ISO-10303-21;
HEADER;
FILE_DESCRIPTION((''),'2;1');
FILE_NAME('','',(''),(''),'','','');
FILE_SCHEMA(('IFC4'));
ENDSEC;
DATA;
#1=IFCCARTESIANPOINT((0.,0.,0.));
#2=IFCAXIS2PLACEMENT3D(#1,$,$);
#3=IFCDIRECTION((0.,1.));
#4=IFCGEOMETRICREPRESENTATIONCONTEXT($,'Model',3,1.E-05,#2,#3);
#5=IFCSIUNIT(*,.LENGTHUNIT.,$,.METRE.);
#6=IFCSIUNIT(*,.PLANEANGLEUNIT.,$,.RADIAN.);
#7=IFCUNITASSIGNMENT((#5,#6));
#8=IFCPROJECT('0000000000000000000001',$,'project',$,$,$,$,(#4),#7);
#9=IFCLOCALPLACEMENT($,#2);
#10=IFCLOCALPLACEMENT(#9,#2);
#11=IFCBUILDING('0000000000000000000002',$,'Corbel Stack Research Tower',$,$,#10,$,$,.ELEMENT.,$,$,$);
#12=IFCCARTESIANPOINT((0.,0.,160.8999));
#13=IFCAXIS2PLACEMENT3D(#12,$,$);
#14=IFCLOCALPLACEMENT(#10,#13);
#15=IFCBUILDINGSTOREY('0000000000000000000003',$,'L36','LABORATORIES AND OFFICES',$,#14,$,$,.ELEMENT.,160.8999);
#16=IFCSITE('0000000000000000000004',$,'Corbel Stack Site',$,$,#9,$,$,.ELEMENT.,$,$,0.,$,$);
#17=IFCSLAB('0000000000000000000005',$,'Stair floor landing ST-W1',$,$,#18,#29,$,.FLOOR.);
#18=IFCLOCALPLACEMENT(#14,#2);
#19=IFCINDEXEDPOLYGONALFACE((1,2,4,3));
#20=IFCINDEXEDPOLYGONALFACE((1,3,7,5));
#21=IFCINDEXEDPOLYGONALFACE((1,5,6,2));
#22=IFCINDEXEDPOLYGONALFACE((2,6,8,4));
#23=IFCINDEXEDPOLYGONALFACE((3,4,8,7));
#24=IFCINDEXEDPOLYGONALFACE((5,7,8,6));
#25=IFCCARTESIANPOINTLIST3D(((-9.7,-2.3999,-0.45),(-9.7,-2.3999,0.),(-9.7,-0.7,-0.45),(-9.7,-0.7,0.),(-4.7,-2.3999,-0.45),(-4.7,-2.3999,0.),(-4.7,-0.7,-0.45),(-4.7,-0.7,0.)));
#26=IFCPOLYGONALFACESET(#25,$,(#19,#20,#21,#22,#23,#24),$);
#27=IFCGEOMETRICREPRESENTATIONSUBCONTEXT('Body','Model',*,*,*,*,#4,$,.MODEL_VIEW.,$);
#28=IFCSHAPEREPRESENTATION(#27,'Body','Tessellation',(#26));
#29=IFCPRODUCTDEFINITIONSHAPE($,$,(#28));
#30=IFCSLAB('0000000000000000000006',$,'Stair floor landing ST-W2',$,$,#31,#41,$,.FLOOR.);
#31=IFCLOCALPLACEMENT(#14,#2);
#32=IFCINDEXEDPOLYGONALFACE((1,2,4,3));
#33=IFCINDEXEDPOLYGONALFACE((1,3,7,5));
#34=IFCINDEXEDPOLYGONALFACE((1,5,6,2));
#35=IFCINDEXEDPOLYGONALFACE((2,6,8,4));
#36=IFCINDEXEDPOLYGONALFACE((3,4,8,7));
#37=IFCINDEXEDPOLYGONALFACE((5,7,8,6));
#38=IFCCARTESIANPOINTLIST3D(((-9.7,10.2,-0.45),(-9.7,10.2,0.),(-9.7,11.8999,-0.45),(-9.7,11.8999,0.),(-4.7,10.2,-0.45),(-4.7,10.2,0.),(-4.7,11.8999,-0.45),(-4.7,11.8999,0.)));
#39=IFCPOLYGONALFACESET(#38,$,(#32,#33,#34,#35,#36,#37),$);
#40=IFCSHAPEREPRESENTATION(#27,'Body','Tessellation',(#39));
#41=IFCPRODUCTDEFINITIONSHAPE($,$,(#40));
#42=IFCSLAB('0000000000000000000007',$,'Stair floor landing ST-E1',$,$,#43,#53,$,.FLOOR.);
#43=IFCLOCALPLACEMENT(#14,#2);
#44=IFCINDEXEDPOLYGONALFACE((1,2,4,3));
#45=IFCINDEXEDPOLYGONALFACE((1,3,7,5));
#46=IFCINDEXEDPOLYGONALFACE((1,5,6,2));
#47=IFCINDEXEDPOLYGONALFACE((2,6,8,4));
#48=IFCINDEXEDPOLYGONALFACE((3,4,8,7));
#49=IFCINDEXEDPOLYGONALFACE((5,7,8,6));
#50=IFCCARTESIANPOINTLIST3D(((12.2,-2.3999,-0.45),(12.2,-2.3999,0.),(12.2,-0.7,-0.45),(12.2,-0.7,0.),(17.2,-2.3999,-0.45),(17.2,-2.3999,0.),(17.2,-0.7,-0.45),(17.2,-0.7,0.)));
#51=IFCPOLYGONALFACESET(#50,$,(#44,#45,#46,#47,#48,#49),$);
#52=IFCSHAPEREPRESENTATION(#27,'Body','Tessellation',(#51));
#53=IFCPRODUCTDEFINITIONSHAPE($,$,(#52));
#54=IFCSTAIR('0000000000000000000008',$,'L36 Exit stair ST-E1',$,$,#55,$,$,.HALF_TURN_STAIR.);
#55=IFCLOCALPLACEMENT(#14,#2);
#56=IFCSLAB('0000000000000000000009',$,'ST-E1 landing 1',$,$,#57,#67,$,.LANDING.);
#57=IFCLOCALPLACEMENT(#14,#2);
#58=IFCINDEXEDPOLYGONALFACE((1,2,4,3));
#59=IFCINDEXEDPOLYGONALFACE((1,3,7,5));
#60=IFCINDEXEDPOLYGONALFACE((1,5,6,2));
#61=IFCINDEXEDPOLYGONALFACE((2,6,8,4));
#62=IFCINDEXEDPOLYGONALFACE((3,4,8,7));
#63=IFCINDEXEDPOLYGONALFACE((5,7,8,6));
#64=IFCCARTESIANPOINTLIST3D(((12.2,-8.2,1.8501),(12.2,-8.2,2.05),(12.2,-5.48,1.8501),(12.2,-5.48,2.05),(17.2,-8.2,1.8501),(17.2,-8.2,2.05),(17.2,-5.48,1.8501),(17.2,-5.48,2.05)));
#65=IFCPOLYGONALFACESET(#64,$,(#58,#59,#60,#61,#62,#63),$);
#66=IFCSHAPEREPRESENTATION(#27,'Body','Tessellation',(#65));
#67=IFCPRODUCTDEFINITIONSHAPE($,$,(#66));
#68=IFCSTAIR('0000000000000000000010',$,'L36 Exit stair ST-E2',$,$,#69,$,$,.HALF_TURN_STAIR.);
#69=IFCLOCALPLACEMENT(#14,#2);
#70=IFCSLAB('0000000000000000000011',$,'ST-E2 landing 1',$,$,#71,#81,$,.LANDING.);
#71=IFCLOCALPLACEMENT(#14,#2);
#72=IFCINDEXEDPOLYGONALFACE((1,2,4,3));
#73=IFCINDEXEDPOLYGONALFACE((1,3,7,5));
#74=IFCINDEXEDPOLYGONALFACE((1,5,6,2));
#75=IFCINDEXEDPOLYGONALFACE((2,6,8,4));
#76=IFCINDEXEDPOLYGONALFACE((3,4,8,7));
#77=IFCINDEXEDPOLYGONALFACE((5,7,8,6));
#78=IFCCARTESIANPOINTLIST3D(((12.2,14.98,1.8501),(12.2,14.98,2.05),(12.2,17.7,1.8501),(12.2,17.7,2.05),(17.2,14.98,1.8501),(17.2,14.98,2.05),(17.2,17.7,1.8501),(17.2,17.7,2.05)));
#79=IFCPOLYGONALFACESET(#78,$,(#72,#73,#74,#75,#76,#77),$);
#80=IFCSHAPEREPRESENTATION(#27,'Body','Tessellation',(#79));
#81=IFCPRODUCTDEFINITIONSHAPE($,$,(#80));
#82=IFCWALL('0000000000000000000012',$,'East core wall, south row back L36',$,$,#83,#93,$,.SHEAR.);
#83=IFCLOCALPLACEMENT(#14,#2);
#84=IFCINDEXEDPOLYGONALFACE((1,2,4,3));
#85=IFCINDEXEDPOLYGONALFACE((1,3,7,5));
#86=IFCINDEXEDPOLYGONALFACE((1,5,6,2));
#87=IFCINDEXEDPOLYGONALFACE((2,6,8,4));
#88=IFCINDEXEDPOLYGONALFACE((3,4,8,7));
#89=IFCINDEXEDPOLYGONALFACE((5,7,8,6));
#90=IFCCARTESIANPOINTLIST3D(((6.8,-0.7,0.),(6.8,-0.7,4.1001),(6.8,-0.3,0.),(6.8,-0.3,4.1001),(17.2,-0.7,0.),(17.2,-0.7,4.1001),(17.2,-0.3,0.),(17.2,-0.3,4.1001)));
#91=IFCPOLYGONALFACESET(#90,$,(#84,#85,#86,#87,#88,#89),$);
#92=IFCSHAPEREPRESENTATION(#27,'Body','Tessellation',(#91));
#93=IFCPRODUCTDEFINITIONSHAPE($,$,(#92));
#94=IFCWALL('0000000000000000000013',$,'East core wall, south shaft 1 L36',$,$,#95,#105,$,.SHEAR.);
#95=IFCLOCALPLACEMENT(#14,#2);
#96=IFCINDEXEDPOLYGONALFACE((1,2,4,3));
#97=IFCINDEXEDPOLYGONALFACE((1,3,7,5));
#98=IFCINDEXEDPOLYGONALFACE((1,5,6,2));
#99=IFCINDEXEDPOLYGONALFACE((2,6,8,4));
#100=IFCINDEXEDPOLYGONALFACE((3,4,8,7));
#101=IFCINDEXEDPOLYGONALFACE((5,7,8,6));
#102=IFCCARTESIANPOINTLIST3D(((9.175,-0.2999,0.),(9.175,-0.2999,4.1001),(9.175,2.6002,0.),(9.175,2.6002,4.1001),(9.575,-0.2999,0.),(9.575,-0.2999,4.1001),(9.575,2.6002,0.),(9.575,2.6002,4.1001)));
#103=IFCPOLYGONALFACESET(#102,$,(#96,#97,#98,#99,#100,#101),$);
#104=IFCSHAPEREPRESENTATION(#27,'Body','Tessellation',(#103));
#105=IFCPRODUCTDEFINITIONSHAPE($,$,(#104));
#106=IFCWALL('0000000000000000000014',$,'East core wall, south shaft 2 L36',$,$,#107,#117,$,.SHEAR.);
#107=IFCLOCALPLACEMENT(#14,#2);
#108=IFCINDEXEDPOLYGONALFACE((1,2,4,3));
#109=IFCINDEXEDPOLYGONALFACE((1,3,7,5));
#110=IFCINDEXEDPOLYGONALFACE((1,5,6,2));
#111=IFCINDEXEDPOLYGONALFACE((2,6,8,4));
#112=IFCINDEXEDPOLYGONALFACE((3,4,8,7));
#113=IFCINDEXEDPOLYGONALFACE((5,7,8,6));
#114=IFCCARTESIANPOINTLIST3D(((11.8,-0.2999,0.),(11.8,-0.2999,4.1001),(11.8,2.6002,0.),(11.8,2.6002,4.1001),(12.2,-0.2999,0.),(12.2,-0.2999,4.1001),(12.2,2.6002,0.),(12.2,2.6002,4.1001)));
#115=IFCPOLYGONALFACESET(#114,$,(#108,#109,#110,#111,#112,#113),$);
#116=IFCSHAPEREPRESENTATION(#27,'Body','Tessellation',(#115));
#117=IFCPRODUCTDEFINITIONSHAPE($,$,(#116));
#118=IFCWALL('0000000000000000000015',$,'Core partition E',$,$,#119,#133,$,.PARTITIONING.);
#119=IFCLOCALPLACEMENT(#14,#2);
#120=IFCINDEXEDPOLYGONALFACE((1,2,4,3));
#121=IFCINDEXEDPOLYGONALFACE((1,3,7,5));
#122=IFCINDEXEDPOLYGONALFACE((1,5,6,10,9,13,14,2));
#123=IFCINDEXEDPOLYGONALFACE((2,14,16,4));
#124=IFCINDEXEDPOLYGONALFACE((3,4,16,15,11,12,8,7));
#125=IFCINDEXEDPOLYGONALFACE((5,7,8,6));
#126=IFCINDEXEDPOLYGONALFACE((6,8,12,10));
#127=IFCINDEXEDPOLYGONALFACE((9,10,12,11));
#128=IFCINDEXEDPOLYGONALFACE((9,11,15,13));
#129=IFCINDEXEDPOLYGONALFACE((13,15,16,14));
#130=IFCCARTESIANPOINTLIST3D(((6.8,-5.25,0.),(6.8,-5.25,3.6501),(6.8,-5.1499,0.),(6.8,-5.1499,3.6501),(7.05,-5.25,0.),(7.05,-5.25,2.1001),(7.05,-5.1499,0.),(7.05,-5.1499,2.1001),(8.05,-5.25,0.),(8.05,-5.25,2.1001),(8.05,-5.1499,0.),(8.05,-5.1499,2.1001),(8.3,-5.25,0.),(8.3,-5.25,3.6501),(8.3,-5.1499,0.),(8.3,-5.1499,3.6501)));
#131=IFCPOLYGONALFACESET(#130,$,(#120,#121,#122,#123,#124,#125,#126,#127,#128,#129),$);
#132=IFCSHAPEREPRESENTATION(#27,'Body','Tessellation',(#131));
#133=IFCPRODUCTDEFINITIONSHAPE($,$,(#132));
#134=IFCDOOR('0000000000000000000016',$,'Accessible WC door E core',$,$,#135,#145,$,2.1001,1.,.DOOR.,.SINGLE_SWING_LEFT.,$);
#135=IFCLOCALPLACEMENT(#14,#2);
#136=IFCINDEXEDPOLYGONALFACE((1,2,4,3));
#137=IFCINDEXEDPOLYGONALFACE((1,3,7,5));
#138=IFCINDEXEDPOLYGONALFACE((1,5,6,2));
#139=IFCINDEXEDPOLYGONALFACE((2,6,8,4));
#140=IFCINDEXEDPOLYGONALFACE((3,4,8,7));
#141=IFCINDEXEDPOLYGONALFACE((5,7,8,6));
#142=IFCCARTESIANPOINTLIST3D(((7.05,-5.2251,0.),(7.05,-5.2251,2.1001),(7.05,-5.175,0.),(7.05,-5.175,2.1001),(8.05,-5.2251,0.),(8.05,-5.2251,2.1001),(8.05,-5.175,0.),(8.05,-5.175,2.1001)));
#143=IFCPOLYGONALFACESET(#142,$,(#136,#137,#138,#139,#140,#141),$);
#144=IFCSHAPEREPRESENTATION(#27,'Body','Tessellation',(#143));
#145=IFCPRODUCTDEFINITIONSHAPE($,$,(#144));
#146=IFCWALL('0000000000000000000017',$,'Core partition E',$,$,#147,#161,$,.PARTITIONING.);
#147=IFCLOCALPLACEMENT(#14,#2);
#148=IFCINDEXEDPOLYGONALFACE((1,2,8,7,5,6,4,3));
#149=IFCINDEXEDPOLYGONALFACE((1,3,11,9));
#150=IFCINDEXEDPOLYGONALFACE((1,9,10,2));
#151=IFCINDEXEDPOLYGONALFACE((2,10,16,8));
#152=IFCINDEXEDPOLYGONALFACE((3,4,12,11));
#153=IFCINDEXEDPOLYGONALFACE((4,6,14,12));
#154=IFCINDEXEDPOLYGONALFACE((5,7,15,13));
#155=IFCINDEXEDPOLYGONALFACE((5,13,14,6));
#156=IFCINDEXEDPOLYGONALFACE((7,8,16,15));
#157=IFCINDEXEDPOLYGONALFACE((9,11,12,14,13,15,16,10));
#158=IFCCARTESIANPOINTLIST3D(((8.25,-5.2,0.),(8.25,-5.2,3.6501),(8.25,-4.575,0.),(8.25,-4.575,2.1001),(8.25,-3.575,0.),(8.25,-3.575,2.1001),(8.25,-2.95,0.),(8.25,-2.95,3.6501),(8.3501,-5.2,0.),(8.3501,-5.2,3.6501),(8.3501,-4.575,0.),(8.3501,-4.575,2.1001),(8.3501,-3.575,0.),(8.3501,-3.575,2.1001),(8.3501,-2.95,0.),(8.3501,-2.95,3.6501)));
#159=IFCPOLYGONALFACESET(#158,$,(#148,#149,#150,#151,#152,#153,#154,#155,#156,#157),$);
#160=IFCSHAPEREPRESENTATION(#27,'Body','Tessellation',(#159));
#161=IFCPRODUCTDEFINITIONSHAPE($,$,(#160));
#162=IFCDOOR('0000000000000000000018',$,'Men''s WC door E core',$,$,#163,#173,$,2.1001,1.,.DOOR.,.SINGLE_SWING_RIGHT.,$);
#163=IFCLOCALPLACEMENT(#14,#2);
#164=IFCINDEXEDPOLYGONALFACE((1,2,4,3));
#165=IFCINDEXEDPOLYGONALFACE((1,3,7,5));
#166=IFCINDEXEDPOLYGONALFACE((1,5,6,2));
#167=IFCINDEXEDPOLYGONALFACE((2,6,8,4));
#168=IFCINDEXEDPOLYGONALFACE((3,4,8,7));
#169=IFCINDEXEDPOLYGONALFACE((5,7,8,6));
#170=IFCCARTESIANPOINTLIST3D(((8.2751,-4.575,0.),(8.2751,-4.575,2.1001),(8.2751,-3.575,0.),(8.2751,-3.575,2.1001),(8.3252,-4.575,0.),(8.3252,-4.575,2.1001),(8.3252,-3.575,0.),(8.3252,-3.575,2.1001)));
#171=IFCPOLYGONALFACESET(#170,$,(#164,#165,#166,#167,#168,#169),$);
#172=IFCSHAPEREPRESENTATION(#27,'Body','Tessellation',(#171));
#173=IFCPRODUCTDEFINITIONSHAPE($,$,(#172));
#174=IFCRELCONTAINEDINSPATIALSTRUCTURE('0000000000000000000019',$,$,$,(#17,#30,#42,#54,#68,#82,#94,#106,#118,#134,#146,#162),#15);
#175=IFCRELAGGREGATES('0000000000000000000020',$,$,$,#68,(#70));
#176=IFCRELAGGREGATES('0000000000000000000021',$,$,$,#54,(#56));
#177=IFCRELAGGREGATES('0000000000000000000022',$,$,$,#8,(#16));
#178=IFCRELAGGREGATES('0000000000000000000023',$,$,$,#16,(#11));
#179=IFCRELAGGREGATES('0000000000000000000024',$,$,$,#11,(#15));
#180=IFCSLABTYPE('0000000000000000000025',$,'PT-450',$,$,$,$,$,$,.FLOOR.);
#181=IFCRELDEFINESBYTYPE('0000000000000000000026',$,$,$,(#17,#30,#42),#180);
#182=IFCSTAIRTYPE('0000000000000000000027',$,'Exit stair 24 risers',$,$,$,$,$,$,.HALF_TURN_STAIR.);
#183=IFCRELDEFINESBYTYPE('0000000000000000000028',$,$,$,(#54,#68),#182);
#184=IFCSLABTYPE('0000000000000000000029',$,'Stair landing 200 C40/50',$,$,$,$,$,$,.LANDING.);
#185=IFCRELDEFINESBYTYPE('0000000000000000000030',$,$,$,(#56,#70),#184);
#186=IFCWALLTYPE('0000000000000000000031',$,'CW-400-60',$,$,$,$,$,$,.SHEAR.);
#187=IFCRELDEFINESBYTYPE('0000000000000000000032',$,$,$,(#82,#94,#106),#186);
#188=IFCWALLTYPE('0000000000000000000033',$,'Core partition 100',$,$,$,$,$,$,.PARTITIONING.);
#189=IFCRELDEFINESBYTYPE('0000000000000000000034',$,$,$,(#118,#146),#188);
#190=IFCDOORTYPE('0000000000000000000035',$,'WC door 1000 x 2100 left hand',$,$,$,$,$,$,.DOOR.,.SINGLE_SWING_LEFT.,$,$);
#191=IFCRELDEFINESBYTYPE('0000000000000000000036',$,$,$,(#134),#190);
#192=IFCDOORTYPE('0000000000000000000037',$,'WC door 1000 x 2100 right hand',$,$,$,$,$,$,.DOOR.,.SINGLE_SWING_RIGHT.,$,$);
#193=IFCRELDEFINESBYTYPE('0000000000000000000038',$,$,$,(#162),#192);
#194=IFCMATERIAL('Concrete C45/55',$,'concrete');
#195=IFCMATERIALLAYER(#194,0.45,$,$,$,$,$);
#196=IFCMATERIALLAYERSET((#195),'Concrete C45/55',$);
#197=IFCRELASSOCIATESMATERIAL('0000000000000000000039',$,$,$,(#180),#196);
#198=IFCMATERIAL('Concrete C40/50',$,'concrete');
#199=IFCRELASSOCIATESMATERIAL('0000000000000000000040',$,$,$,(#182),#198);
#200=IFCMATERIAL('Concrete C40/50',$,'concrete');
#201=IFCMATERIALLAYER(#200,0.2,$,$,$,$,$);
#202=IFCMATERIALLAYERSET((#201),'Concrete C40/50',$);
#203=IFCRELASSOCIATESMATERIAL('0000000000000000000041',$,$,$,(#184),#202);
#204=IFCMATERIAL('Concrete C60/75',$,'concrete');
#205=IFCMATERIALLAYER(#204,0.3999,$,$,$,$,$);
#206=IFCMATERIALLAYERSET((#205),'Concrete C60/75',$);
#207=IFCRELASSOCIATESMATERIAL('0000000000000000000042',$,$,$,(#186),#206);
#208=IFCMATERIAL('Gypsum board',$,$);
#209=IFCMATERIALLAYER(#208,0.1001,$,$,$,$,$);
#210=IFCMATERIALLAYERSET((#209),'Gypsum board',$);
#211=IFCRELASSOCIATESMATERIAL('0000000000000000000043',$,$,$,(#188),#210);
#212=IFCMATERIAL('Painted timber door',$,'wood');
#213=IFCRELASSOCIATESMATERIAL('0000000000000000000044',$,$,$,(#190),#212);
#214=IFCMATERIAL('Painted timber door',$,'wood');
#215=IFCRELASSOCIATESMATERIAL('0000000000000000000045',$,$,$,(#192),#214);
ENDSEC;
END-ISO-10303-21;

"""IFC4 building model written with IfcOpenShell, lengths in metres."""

from ifc_helpers import new_model, si_unit, direction, frame, frame_2d, origin, place, context, subcontext, project, spatial, polyline, rectangle, outline, extrude, material, layer, layer_set, type_object, element, fill, aggregate, save


model = new_model("IFC4")

# Units and contexts
model_context = context("Model", 3, precision=1e-05, world=origin(), true_north=direction((0.0, 1.0)))
body_context = subcontext(model_context, "Body", "Model", "MODEL_VIEW")
ifc_project = project(units=[si_unit("LENGTHUNIT", "METRE"), si_unit("PLANEANGLEUNIT", "RADIAN")], contexts=[model_context])

# Site, building, storey
site_placement = place(None, origin())
site = spatial("IfcSite", under=ifc_project, at=site_placement, Name="Corbel Stack Site", CompositionType="ELEMENT", RefElevation=0.0)
building_placement = place(site_placement, origin())
building = spatial("IfcBuilding", under=site, at=building_placement, Name="Corbel Stack Research Tower", CompositionType="ELEMENT")
storey_placement = place(building_placement, frame((0.0, 0.0, 160.8999)))
storey = spatial("IfcBuildingStorey", under=building, at=storey_placement, Name="L36", Description="LABORATORIES AND OFFICES", CompositionType="ELEMENT", Elevation=160.8999)

# Slabs
ifc_material_1 = material(Name="Concrete C45/55", Category="concrete")
ifc_layer_1 = layer(ifc_material_1, 0.45)
ifc_layer_set_1 = layer_set([ifc_layer_1], Name="Concrete C45/55")
slab_type_1 = type_object("IfcSlabType", Name="PT-450", PredefinedType="FLOOR", material=ifc_layer_set_1)
slab_1_placement = place(storey_placement, frame((0.0, 0.0, -0.45)))
element("IfcSlab", 1, at=slab_1_placement, inside=storey, type_object=slab_type_1, Name="Stair floor landing ST-W1", PredefinedType="FLOOR", context=body_context, shape_type="SweptSolid", body=[
    extrude(outline(polyline([(-9.7, -2.3999), (-4.7, -2.3999), (-4.7, -0.7), (-9.7, -0.7), (-9.7, -2.3999)])), origin(), (0.0, 0.0, 1.0), 0.45),
])
slab_2_placement = place(storey_placement, frame((0.0, 0.0, -0.45)))
element("IfcSlab", 2, at=slab_2_placement, inside=storey, type_object=slab_type_1, Name="Stair floor landing ST-W2", PredefinedType="FLOOR", context=body_context, shape_type="SweptSolid", body=[
    extrude(outline(polyline([(-9.7, 10.2), (-4.7, 10.2), (-4.7, 11.8999), (-9.7, 11.8999), (-9.7, 10.2)])), origin(), (0.0, 0.0, 1.0), 0.45),
])
slab_3_placement = place(storey_placement, frame((0.0, 0.0, -0.45)))
element("IfcSlab", 3, at=slab_3_placement, inside=storey, type_object=slab_type_1, Name="Stair floor landing ST-E1", PredefinedType="FLOOR", context=body_context, shape_type="SweptSolid", body=[
    extrude(outline(polyline([(12.2, -2.3999), (17.2, -2.3999), (17.2, -0.7), (12.2, -0.7), (12.2, -2.3999)])), origin(), (0.0, 0.0, 1.0), 0.45),
])

# Stairs, slabs
ifc_material_2 = material(Name="Concrete C40/50", Category="concrete")
stair_type = type_object("IfcStairType", Name="Exit stair 24 risers", PredefinedType="HALF_TURN_STAIR", material=ifc_material_2)
stair_1_placement = place(storey_placement, origin())
stair_1 = element("IfcStair", 4, at=stair_1_placement, inside=storey, type_object=stair_type, Name="L36 Exit stair ST-E1", PredefinedType="HALF_TURN_STAIR")
ifc_material_3 = material(Name="Concrete C40/50", Category="concrete")
ifc_layer_2 = layer(ifc_material_3, 0.2)
ifc_layer_set_2 = layer_set([ifc_layer_2], Name="Concrete C40/50")
slab_type_2 = type_object("IfcSlabType", Name="Stair landing 200 C40/50", PredefinedType="LANDING", material=ifc_layer_set_2)
slab_4_placement = place(storey_placement, frame((0.0, 0.0, 1.8501)))
slab_4 = element("IfcSlab", 5, at=slab_4_placement, type_object=slab_type_2, Name="ST-E1 landing 1", PredefinedType="LANDING", context=body_context, shape_type="SweptSolid", body=[
    extrude(outline(polyline([(12.2, -8.2), (12.2, -5.48), (17.2, -5.48), (17.2, -8.2), (12.2, -8.2)])), origin(), (0.0, 0.0, 1.0), 0.2),
])
stair_2_placement = place(storey_placement, origin())
stair_2 = element("IfcStair", 6, at=stair_2_placement, inside=storey, type_object=stair_type, Name="L36 Exit stair ST-E2", PredefinedType="HALF_TURN_STAIR")
slab_5_placement = place(storey_placement, frame((0.0, 0.0, 1.8501)))
slab_5 = element("IfcSlab", 7, at=slab_5_placement, type_object=slab_type_2, Name="ST-E2 landing 1", PredefinedType="LANDING", context=body_context, shape_type="SweptSolid", body=[
    extrude(outline(polyline([(12.2, 14.98), (12.2, 17.7), (17.2, 17.7), (17.2, 14.98), (12.2, 14.98)])), origin(), (0.0, 0.0, 1.0), 0.2),
])
aggregate(stair_2, [slab_5])

# Walls
ifc_material_4 = material(Name="Concrete C60/75", Category="concrete")
ifc_layer_3 = layer(ifc_material_4, 0.3999)
ifc_layer_set_3 = layer_set([ifc_layer_3], Name="Concrete C60/75")
wall_type_1 = type_object("IfcWallType", Name="CW-400-60", PredefinedType="SHEAR", material=ifc_layer_set_3)
wall_1_placement = place(storey_placement, frame((6.8, -0.5, 0.0), z_axis=(0.0, 0.0, 1.0), x_axis=(1.0, 0.0, 0.0)))
element("IfcWall", 8, at=wall_1_placement, inside=storey, type_object=wall_type_1, Name="East core wall, south row back L36", PredefinedType="SHEAR", context=body_context, shape_type="SweptSolid", body=[
    extrude(rectangle(XDim=10.3999, YDim=0.3999, at=frame_2d((5.2, 0.0))), origin(), (0.0, 0.0, 1.0), 4.1001),
])
for number, where, z_axis, x_axis, name in (
    (9, (9.375, -0.3, 0.0), (0.0, 0.0, 1.0), (0.0, 1.0, 0.0), "East core wall, south shaft 1 L36"),
    (10, (12.0, -0.3, 0.0), (0.0, 0.0, 1.0), (0.0, 1.0, 0.0), "East core wall, south shaft 2 L36"),
):
    element("IfcWall", number, at=place(storey_placement, frame(where, z_axis=z_axis, x_axis=x_axis)), inside=storey, type_object=wall_type_1, Name=name, PredefinedType="SHEAR", context=body_context, shape_type="SweptSolid", body=[
        extrude(rectangle(XDim=2.9001, YDim=0.3999, at=frame_2d((1.4502, 0.0))), origin(), (0.0, 0.0, 1.0), 4.1001),
    ])

# Walls, openings, doors
ifc_material_5 = material(Name="Gypsum board")
ifc_layer_4 = layer(ifc_material_5, 0.1001)
ifc_layer_set_4 = layer_set([ifc_layer_4], Name="Gypsum board")
wall_type_2 = type_object("IfcWallType", Name="Core partition 100", PredefinedType="PARTITIONING", material=ifc_layer_set_4)
wall_2_placement = place(storey_placement, frame((6.8, -5.2, 0.0), z_axis=(0.0, 0.0, 1.0), x_axis=(1.0, 0.0, 0.0)))
wall_2 = element("IfcWall", 11, at=wall_2_placement, inside=storey, type_object=wall_type_2, Name="Core partition E", PredefinedType="PARTITIONING", context=body_context, shape_type="SweptSolid", body=[
    extrude(rectangle(XDim=1.5, YDim=0.1001, at=frame_2d((0.75, 0.0))), origin(), (0.0, 0.0, 1.0), 3.6501),
])
opening_1_placement = place(wall_2_placement, frame((0.25, 0.0, 0.0)))
opening_1 = element("IfcOpeningElement", 12, at=opening_1_placement, cuts=wall_2, PredefinedType="OPENING", context=body_context, shape_type="SweptSolid", body=[
    extrude(rectangle(XDim=1.0, YDim=2.1001, at=frame_2d((0.5, 1.05))), frame((0.0, 0.0601, 0.0), z_axis=(0.0, -1.0, 0.0), x_axis=(1.0, 0.0, 0.0)), (0.0, 0.0, 1.0), 0.1201),
])
ifc_material_6 = material(Name="Painted timber door", Category="wood")
door_type_1 = type_object("IfcDoorType", Name="WC door 1000 x 2100 left hand", OperationType="SINGLE_SWING_LEFT", PredefinedType="DOOR", material=ifc_material_6)
door_1_placement = place(opening_1_placement, origin())
door_1 = element("IfcDoor", 13, at=door_1_placement, inside=storey, type_object=door_type_1, Name="Accessible WC door E core", OperationType="SINGLE_SWING_LEFT", OverallHeight=2.1001, OverallWidth=1.0, PredefinedType="DOOR", context=body_context, shape_type="SweptSolid", body=[
    extrude(rectangle(XDim=1.0, YDim=2.1001, at=frame_2d((0.5, 1.05))), frame((0.0, 0.0249, 0.0), z_axis=(0.0, -1.0, 0.0), x_axis=(1.0, 0.0, 0.0)), (0.0, 0.0, 1.0), 0.05),
])
fill(opening_1, door_1)
wall_3_placement = place(storey_placement, frame((8.3, -5.2, 0.0), z_axis=(0.0, 0.0, 1.0), x_axis=(0.0, 1.0, 0.0)))
wall_3 = element("IfcWall", 14, at=wall_3_placement, inside=storey, type_object=wall_type_2, Name="Core partition E", PredefinedType="PARTITIONING", context=body_context, shape_type="SweptSolid", body=[
    extrude(rectangle(XDim=2.25, YDim=0.1001, at=frame_2d((1.125, 0.0))), origin(), (0.0, 0.0, 1.0), 3.6501),
])
opening_2_placement = place(wall_3_placement, frame((0.625, 0.0, 0.0)))
opening_2 = element("IfcOpeningElement", 15, at=opening_2_placement, cuts=wall_3, PredefinedType="OPENING", context=body_context, shape_type="SweptSolid", body=[
    extrude(rectangle(XDim=1.0, YDim=2.1001, at=frame_2d((0.5, 1.05))), frame((0.0, 0.0601, 0.0), z_axis=(0.0, -1.0, 0.0), x_axis=(1.0, 0.0, 0.0)), (0.0, 0.0, 1.0), 0.1201),
])
ifc_material_7 = material(Name="Painted timber door", Category="wood")
door_type_2 = type_object("IfcDoorType", Name="WC door 1000 x 2100 right hand", OperationType="SINGLE_SWING_RIGHT", PredefinedType="DOOR", material=ifc_material_7)
door_2_placement = place(opening_2_placement, origin())
door_2 = element("IfcDoor", 16, at=door_2_placement, inside=storey, type_object=door_type_2, Name="Men's WC door E core", OperationType="SINGLE_SWING_RIGHT", OverallHeight=2.1001, OverallWidth=1.0, PredefinedType="DOOR", context=body_context, shape_type="SweptSolid", body=[
    extrude(rectangle(XDim=1.0, YDim=2.1001, at=frame_2d((0.5, 1.05))), frame((0.0, 0.0249, 0.0), z_axis=(0.0, -1.0, 0.0), x_axis=(1.0, 0.0, 0.0)), (0.0, 0.0, 1.0), 0.05),
])
fill(opening_2, door_2)

aggregate(stair_1, [slab_4])

save(model, "model.ifc")
